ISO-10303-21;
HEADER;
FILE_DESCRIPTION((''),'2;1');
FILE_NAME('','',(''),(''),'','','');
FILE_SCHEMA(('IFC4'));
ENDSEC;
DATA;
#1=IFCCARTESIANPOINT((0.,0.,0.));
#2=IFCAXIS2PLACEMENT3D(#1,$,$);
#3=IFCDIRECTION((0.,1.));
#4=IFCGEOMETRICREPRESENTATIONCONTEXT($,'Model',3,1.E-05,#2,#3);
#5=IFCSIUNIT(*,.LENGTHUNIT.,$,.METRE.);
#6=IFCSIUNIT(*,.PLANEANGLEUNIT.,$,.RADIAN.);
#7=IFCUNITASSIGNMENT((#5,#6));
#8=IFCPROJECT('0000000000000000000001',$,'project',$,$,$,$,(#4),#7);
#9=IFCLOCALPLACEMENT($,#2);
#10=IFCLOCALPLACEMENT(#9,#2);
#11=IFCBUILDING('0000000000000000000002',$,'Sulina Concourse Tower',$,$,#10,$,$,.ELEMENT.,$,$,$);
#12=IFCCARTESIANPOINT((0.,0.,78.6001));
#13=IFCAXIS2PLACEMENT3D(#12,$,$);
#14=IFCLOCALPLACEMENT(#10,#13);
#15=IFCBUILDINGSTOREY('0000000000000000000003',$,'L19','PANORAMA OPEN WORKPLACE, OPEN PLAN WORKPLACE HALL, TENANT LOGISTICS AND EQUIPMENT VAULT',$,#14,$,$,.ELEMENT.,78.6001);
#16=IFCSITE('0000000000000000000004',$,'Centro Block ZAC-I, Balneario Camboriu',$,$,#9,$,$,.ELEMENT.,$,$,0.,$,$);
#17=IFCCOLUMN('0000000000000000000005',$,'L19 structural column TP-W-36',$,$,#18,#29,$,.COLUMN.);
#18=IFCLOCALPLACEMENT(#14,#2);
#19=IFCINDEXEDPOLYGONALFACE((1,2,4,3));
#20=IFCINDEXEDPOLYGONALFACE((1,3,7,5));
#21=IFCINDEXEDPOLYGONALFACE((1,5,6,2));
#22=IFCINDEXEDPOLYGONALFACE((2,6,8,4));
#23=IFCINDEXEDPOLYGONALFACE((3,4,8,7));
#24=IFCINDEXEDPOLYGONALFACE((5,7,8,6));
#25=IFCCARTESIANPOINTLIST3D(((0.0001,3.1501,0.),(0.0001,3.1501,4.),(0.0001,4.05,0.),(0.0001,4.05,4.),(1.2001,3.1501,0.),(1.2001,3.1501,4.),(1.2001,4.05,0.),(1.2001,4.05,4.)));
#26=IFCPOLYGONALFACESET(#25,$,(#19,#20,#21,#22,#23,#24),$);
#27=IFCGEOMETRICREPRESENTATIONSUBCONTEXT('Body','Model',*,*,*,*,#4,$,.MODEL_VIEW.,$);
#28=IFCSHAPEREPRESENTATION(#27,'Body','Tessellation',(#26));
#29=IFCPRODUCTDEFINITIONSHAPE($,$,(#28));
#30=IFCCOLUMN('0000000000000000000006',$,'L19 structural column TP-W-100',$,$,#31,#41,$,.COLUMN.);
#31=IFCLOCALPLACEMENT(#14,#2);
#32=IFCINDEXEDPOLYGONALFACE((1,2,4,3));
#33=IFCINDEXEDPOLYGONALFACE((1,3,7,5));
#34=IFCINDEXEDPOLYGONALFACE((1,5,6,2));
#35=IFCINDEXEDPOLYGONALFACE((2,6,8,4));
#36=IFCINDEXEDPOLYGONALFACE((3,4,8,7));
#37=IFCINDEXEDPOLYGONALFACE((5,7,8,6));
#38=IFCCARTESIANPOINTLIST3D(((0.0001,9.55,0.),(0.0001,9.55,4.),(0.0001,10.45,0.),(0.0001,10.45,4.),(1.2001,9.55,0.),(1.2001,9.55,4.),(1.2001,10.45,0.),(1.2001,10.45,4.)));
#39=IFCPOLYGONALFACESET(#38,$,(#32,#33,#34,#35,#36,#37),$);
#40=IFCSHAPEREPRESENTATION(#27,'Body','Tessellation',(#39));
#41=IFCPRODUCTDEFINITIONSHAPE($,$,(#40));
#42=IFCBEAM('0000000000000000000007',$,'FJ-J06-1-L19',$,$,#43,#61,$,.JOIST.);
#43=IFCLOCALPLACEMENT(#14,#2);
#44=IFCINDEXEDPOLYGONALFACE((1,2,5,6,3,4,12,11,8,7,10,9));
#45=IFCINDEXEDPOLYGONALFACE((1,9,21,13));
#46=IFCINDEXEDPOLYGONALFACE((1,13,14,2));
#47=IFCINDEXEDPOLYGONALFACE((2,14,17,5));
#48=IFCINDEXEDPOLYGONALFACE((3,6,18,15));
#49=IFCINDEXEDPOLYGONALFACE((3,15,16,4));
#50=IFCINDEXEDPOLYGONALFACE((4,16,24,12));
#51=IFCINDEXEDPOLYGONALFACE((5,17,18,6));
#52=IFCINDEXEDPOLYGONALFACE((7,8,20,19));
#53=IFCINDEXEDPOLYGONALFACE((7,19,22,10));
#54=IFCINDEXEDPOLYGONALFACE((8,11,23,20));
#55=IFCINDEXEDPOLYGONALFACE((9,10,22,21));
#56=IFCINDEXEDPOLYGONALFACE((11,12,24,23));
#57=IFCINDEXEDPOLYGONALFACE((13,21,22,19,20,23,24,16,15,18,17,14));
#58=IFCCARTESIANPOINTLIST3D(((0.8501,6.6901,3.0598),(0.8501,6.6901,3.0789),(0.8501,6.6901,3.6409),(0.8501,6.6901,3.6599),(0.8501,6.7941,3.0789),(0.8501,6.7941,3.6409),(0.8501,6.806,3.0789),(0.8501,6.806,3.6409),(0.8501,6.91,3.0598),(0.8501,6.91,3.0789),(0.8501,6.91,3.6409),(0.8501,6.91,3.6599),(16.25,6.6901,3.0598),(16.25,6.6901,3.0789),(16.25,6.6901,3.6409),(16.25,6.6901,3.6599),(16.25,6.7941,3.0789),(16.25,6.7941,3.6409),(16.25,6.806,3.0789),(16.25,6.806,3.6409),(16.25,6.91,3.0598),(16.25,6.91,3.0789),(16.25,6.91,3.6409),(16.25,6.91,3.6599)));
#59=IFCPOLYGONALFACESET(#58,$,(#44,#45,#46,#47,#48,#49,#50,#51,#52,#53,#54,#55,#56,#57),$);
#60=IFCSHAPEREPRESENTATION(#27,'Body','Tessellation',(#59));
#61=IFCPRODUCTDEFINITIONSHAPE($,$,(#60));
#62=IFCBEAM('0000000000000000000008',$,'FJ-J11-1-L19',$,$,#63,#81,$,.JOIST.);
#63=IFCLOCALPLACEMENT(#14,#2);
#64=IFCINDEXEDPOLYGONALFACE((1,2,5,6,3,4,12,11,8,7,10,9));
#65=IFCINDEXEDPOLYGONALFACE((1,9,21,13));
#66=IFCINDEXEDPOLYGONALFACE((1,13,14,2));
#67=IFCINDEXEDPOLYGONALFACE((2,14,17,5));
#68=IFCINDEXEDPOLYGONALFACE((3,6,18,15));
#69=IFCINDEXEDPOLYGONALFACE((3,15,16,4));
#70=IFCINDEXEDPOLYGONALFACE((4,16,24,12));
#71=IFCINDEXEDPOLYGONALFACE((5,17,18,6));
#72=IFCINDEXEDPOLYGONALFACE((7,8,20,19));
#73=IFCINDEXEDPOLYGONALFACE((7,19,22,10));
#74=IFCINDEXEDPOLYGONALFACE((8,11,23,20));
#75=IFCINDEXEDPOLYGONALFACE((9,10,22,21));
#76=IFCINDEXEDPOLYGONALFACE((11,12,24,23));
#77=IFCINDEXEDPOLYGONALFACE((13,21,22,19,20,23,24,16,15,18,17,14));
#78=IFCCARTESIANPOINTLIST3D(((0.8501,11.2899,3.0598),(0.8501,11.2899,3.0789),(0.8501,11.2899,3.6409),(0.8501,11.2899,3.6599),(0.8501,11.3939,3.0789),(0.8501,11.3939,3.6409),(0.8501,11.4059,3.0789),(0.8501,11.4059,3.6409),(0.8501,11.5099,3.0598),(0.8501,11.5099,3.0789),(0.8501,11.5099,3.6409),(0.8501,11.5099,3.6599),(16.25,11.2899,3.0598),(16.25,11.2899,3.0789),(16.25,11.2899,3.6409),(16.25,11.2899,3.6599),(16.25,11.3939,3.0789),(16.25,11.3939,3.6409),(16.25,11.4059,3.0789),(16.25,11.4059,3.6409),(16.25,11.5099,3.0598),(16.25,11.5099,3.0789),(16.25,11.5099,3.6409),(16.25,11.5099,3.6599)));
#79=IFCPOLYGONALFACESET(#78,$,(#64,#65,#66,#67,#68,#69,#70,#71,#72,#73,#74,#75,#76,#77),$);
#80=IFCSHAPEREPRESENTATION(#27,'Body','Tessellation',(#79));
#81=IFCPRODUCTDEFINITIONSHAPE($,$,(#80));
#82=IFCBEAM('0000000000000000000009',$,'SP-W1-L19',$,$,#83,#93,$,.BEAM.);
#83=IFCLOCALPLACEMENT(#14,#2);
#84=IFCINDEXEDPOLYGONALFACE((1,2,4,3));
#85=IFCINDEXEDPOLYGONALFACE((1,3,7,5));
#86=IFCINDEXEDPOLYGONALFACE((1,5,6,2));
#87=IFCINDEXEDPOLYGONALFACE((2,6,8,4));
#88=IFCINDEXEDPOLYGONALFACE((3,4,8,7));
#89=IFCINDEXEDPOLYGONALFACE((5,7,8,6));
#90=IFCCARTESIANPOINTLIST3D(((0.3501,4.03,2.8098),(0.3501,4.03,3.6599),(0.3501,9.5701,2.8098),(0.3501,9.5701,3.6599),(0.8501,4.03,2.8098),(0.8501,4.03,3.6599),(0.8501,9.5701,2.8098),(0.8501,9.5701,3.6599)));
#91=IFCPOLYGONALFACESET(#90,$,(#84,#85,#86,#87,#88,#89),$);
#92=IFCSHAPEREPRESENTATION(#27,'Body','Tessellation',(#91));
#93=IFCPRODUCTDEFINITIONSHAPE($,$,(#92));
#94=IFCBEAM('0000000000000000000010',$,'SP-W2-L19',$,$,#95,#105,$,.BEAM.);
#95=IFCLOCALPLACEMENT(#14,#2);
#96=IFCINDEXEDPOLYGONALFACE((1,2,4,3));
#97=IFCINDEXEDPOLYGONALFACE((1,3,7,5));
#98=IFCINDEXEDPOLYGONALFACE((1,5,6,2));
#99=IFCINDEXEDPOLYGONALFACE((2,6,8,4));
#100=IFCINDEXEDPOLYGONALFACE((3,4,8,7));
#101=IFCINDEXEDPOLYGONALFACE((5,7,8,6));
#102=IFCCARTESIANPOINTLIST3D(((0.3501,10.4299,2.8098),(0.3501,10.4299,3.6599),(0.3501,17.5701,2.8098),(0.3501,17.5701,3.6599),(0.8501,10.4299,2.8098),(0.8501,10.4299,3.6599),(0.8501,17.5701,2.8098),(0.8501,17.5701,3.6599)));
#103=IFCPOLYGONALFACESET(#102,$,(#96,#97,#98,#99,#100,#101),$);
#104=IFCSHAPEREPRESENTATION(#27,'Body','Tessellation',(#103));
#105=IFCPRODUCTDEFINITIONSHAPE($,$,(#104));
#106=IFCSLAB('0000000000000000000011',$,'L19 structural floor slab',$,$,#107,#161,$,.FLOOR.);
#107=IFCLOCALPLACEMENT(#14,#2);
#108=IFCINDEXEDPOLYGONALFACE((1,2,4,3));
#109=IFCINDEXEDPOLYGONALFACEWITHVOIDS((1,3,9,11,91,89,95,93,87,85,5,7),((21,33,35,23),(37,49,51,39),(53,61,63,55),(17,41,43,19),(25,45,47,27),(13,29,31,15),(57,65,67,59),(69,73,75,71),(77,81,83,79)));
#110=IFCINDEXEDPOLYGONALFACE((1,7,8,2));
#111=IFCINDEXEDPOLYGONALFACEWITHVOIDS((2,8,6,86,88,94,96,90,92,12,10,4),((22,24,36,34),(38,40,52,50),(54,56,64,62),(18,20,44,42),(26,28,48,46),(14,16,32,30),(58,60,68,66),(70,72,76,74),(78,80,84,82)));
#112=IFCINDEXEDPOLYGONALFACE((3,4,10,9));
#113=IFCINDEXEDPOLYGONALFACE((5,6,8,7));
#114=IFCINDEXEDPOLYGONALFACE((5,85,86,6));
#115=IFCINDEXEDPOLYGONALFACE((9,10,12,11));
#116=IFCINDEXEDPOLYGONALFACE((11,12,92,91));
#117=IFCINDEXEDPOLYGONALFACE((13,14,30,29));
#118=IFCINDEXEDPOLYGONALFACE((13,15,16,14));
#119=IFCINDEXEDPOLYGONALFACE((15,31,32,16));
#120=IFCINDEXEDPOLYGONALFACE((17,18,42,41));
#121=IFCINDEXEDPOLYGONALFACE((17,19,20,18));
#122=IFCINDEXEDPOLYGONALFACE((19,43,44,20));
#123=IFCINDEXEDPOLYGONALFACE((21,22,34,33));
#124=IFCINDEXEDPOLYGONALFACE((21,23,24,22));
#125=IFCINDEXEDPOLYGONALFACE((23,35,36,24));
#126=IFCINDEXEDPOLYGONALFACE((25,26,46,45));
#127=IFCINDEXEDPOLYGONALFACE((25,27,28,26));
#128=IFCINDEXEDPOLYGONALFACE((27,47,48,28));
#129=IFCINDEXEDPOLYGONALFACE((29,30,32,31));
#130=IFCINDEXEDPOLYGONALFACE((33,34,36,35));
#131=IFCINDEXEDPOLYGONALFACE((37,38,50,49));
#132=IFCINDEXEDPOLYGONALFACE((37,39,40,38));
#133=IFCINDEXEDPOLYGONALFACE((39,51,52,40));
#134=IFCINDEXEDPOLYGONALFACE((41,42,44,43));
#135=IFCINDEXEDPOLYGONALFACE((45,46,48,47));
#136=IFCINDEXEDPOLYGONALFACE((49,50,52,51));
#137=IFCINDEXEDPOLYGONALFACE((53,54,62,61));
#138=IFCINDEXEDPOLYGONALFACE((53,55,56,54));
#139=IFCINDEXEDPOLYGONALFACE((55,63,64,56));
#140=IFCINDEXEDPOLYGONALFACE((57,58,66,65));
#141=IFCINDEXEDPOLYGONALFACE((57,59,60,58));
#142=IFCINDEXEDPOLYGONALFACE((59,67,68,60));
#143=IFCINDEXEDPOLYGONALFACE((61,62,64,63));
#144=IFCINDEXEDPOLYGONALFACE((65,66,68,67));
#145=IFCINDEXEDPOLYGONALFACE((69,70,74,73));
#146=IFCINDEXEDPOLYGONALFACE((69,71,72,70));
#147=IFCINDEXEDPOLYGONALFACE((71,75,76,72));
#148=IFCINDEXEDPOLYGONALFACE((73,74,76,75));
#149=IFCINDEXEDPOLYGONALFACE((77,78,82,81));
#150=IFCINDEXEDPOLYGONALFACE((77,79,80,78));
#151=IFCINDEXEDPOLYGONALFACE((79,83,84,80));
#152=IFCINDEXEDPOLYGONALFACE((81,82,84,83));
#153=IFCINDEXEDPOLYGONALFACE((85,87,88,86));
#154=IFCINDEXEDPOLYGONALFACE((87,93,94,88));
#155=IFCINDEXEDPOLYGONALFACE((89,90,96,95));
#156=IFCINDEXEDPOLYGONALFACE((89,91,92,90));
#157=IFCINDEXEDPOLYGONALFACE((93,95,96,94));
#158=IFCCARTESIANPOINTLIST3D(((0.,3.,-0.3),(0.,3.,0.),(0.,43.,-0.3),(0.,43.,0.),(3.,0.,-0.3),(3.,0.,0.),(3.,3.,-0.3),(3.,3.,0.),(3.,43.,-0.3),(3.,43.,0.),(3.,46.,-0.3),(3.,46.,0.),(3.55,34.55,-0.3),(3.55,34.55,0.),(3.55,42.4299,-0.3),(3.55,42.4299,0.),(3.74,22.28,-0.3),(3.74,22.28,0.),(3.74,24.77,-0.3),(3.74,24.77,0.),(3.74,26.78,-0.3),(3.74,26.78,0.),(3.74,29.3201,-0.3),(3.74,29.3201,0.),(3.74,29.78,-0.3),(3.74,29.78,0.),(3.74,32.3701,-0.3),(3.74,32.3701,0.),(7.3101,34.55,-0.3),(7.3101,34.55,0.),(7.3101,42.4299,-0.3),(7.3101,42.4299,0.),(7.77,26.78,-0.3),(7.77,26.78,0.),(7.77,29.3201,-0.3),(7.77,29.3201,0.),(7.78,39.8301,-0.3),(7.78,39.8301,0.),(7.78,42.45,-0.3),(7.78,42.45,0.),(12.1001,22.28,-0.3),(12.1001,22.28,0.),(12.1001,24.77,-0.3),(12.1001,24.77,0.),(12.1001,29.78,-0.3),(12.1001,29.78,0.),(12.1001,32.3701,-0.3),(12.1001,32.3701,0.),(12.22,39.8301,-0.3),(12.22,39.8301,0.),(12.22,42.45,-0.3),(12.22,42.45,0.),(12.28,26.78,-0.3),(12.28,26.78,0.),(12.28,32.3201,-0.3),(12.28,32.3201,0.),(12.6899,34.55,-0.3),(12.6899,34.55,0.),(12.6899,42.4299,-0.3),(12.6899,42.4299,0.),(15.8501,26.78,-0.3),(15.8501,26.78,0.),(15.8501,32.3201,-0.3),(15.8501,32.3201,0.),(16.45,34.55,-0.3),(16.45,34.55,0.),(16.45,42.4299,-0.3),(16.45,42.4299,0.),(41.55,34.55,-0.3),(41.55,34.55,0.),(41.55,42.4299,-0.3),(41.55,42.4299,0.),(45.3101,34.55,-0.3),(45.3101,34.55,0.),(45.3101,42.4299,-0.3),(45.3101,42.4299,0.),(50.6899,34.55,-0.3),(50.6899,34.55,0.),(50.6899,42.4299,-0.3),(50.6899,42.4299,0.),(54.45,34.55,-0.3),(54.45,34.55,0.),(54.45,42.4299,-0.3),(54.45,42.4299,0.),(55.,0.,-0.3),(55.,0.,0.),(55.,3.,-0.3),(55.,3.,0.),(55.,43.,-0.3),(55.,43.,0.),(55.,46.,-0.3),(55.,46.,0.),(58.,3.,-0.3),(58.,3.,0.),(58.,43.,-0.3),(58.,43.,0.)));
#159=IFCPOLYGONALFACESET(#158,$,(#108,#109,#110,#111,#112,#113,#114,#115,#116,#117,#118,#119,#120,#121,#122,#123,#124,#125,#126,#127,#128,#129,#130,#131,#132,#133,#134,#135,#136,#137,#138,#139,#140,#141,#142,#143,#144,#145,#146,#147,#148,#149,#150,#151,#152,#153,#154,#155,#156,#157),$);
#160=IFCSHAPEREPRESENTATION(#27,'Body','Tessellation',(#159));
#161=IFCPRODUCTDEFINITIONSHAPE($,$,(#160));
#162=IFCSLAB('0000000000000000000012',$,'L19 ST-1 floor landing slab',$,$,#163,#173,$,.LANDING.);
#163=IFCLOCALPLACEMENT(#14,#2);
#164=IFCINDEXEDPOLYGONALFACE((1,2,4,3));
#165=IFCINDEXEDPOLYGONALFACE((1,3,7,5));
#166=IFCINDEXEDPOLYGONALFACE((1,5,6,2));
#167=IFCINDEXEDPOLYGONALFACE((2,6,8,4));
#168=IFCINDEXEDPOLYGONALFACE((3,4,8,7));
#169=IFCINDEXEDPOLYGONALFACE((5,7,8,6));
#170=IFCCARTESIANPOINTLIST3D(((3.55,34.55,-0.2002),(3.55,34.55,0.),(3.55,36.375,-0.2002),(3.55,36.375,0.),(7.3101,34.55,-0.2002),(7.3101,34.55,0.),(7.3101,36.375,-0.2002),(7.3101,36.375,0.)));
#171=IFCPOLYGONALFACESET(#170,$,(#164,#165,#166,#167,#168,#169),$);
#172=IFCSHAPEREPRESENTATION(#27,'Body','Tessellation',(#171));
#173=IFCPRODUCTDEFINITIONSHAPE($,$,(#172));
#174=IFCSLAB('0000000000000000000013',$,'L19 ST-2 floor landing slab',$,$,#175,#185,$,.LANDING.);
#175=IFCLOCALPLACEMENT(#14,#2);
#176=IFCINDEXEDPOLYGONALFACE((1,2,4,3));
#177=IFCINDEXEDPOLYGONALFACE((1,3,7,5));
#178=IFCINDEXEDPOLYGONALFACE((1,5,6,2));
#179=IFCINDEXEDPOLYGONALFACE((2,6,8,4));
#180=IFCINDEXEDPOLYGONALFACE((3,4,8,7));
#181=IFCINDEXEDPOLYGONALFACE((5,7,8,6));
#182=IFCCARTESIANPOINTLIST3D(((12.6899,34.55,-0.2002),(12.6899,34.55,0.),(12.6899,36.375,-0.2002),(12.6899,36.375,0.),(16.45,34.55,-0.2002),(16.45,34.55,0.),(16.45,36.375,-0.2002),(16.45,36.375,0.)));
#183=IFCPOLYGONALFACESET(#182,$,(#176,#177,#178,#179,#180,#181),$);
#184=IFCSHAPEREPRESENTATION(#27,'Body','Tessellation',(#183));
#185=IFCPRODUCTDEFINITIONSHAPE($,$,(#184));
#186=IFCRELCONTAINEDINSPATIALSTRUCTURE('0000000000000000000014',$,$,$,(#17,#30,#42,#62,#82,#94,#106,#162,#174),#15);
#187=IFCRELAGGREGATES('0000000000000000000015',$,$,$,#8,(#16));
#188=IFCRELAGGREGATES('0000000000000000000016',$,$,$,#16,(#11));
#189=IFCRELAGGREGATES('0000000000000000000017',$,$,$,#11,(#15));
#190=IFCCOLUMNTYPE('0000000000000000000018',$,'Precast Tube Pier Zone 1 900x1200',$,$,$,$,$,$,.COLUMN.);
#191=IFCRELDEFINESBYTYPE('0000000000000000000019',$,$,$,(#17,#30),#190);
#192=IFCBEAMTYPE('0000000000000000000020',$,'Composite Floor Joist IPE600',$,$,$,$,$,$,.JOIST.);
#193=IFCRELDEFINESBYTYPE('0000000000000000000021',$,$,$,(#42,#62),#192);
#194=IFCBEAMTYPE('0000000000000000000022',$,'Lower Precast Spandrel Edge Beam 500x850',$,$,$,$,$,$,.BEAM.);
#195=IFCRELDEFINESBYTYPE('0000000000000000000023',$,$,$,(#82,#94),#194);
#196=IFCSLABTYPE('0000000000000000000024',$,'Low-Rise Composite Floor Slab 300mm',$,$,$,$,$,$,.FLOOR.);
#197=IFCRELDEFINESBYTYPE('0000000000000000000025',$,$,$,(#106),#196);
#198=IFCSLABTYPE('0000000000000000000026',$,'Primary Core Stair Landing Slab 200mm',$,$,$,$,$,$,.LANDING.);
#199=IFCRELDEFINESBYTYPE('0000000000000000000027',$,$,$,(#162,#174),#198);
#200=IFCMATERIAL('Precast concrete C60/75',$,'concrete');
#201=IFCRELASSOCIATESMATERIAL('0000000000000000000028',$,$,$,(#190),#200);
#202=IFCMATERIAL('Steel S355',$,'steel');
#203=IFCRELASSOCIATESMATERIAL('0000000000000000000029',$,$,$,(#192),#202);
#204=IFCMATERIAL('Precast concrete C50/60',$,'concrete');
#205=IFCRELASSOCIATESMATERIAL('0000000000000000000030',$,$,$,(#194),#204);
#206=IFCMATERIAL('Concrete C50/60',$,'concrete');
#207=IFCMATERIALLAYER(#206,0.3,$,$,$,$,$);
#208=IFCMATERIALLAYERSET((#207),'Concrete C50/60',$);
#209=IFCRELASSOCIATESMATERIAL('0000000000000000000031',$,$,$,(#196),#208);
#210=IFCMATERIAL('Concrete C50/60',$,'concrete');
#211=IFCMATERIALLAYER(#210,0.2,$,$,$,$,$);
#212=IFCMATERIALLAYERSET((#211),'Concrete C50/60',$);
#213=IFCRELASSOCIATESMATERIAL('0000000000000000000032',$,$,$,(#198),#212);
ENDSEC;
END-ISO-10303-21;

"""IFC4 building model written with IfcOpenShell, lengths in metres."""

from ifc_helpers import new_model, si_unit, direction, frame, origin, origin_2d, place, context, subcontext, project, spatial, polyline, rectangle, i_section, outline, extrude, material, layer, layer_set, material_profile, profile_set, type_object, element, save


model = new_model("IFC4")

# Units and contexts
model_context = context("Model", 3, precision=1e-05, world=origin(), true_north=direction((0.0, 1.0)))
body_context = subcontext(model_context, "Body", "Model", "MODEL_VIEW")
ifc_project = project(units=[si_unit("LENGTHUNIT", "METRE"), si_unit("PLANEANGLEUNIT", "RADIAN")], contexts=[model_context])

# Site, building, storey
site_placement = place(None, origin())
site = spatial("IfcSite", under=ifc_project, at=site_placement, Name="Centro Block ZAC-I, Balneario Camboriu", CompositionType="ELEMENT", RefElevation=0.0)
building_placement = place(site_placement, origin())
building = spatial("IfcBuilding", under=site, at=building_placement, Name="Sulina Concourse Tower", CompositionType="ELEMENT")
storey_placement = place(building_placement, frame((0.0, 0.0, 78.6001)))
storey = spatial("IfcBuildingStorey", under=building, at=storey_placement, Name="L19", Description="PANORAMA OPEN WORKPLACE, OPEN PLAN WORKPLACE HALL, TENANT LOGISTICS AND EQUIPMENT VAULT", CompositionType="ELEMENT", Elevation=78.6001)

# Columns
ifc_material_1 = material(Name="Precast concrete C60/75", Category="concrete")
ifc_material_profile_1 = material_profile(ifc_material_1, rectangle(XDim=0.8999, YDim=1.2, at=origin_2d()), Name="PC 900x1200")
ifc_profile_set_1 = profile_set([ifc_material_profile_1], Name="Precast concrete C60/75")
column_type = type_object("IfcColumnType", Name="Precast Tube Pier Zone 1 900x1200", PredefinedType="COLUMN", material=ifc_profile_set_1)
for number, where, z_axis, x_axis, name in (
    (1, (0.6001, 3.6001, 0.0), (0.0, 0.0, 1.0), (0.0, 1.0, 0.0), "L19 structural column TP-W-36"),
    (2, (0.6001, 10.0, 0.0), (0.0, 0.0, 1.0), (0.0, 1.0, 0.0), "L19 structural column TP-W-100"),
):
    element("IfcColumn", number, at=place(storey_placement, frame(where, z_axis=z_axis, x_axis=x_axis)), inside=storey, type_object=column_type, Name=name, PredefinedType="COLUMN", context=body_context, shape_type="SweptSolid", body=[
        extrude(rectangle(XDim=0.8999, YDim=1.2, at=origin_2d()), origin(), (0.0, 0.0, 1.0), 4.0),
    ])

# Beams
ifc_material_2 = material(Name="Steel S355", Category="steel")
ifc_material_profile_2 = material_profile(ifc_material_2, i_section(OverallWidth=0.22, OverallDepth=0.6001, WebThickness=0.012, FlangeThickness=0.019, at=origin_2d()), Name="IPE 600")
ifc_profile_set_2 = profile_set([ifc_material_profile_2], Name="Steel S355")
beam_type_1 = type_object("IfcBeamType", Name="Composite Floor Joist IPE600", PredefinedType="JOIST", material=ifc_profile_set_2)
for number, where, z_axis, x_axis, name in (
    (3, (0.8501, 6.8, 3.3599), (1.0, 0.0, 0.0), (0.0, 1.0, 0.0), "FJ-J06-1-L19"),
    (4, (0.8501, 11.3999, 3.3599), (1.0, 0.0, 0.0), (0.0, 1.0, 0.0), "FJ-J11-1-L19"),
):
    element("IfcBeam", number, at=place(storey_placement, frame(where, z_axis=z_axis, x_axis=x_axis)), inside=storey, type_object=beam_type_1, Name=name, PredefinedType="JOIST", context=body_context, shape_type="SweptSolid", body=[
        extrude(i_section(OverallWidth=0.22, OverallDepth=0.6001, WebThickness=0.012, FlangeThickness=0.019, at=origin_2d()), origin(), (0.0, 0.0, 1.0), 15.3999),
    ])
ifc_material_3 = material(Name="Precast concrete C50/60", Category="concrete")
ifc_material_profile_3 = material_profile(ifc_material_3, rectangle(XDim=0.5, YDim=0.8501, at=origin_2d()), Name="RC 500x850")
ifc_profile_set_3 = profile_set([ifc_material_profile_3], Name="Precast concrete C50/60")
beam_type_2 = type_object("IfcBeamType", Name="Lower Precast Spandrel Edge Beam 500x850", PredefinedType="BEAM", material=ifc_profile_set_3)
beam_1_placement = place(storey_placement, frame((0.6001, 4.03, 3.2349), z_axis=(0.0, 1.0, 0.0), x_axis=(-1.0, 0.0, 0.0)))
element("IfcBeam", 5, at=beam_1_placement, inside=storey, type_object=beam_type_2, Name="SP-W1-L19", PredefinedType="BEAM", context=body_context, shape_type="SweptSolid", body=[
    extrude(rectangle(XDim=0.5, YDim=0.8501, at=origin_2d()), origin(), (0.0, 0.0, 1.0), 5.54),
])
beam_2_placement = place(storey_placement, frame((0.6001, 10.4299, 3.2349), z_axis=(0.0, 1.0, 0.0), x_axis=(-1.0, 0.0, 0.0)))
element("IfcBeam", 6, at=beam_2_placement, inside=storey, type_object=beam_type_2, Name="SP-W2-L19", PredefinedType="BEAM", context=body_context, shape_type="SweptSolid", body=[
    extrude(rectangle(XDim=0.5, YDim=0.8501, at=origin_2d()), origin(), (0.0, 0.0, 1.0), 7.1401),
])

# Slabs
ifc_material_4 = material(Name="Concrete C50/60", Category="concrete")
ifc_layer_1 = layer(ifc_material_4, 0.3)
ifc_layer_set_1 = layer_set([ifc_layer_1], Name="Concrete C50/60")
slab_type_1 = type_object("IfcSlabType", Name="Low-Rise Composite Floor Slab 300mm", PredefinedType="FLOOR", material=ifc_layer_set_1)
slab_1_placement = place(storey_placement, frame((0.0, 0.0, -0.3)))
element("IfcSlab", 7, at=slab_1_placement, inside=storey, type_object=slab_type_1, Name="L19 structural floor slab", PredefinedType="FLOOR", context=body_context, shape_type="SweptSolid", body=[
    extrude(outline(polyline([(3.0, 0.0), (55.0, 0.0), (55.0, 3.0), (58.0, 3.0), (58.0, 43.0), (55.0, 43.0), (55.0, 46.0), (3.0, 46.0), (3.0, 43.0), (0.0, 43.0), (0.0, 3.0), (3.0, 3.0), (3.0, 0.0)]), holes=[polyline([(7.3101, 34.55), (7.3101, 42.4299), (3.55, 42.4299), (3.55, 34.55), (7.3101, 34.55)]), polyline([(16.45, 34.55), (16.45, 42.4299), (12.6899, 42.4299), (12.6899, 34.55), (16.45, 34.55)]), polyline([(45.3101, 34.55), (45.3101, 42.4299), (41.55, 42.4299), (41.55, 34.55), (45.3101, 34.55)]), polyline([(54.45, 34.55), (54.45, 42.4299), (50.6899, 42.4299), (50.6899, 34.55), (54.45, 34.55)]), polyline([(7.78, 39.8301), (12.22, 39.8301), (12.22, 42.45), (7.78, 42.45), (7.78, 39.8301)]), polyline([(3.74, 26.78), (7.77, 26.78), (7.77, 29.3201), (3.74, 29.3201), (3.74, 26.78)]), polyline([(3.74, 29.78), (12.1001, 29.78), (12.1001, 32.3701), (3.74, 32.3701), (3.74, 29.78)]), polyline([(3.74, 22.28), (12.1001, 22.28), (12.1001, 24.77), (3.74, 24.77), (3.74, 22.28)]), polyline([(12.28, 26.78), (15.8501, 26.78), (15.8501, 32.3201), (12.28, 32.3201), (12.28, 26.78)])]), origin(), (0.0, 0.0, 1.0), 0.3),
])
ifc_material_5 = material(Name="Concrete C50/60", Category="concrete")
ifc_layer_2 = layer(ifc_material_5, 0.2)
ifc_layer_set_2 = layer_set([ifc_layer_2], Name="Concrete C50/60")
slab_type_2 = type_object("IfcSlabType", Name="Primary Core Stair Landing Slab 200mm", PredefinedType="LANDING", material=ifc_layer_set_2)
slab_2_placement = place(storey_placement, frame((0.0, 0.0, -0.2002)))
element("IfcSlab", 8, at=slab_2_placement, inside=storey, type_object=slab_type_2, Name="L19 ST-1 floor landing slab", PredefinedType="LANDING", context=body_context, shape_type="SweptSolid", body=[
    extrude(outline(polyline([(7.3101, 34.55), (7.3101, 36.375), (3.55, 36.375), (3.55, 34.55), (7.3101, 34.55)])), origin(), (0.0, 0.0, 1.0), 0.2002),
])
slab_3_placement = place(storey_placement, frame((0.0, 0.0, -0.2002)))
element("IfcSlab", 9, at=slab_3_placement, inside=storey, type_object=slab_type_2, Name="L19 ST-2 floor landing slab", PredefinedType="LANDING", context=body_context, shape_type="SweptSolid", body=[
    extrude(outline(polyline([(16.45, 34.55), (16.45, 36.375), (12.6899, 36.375), (12.6899, 34.55), (16.45, 34.55)])), origin(), (0.0, 0.0, 1.0), 0.2002),
])

save(model, "model.ifc")
